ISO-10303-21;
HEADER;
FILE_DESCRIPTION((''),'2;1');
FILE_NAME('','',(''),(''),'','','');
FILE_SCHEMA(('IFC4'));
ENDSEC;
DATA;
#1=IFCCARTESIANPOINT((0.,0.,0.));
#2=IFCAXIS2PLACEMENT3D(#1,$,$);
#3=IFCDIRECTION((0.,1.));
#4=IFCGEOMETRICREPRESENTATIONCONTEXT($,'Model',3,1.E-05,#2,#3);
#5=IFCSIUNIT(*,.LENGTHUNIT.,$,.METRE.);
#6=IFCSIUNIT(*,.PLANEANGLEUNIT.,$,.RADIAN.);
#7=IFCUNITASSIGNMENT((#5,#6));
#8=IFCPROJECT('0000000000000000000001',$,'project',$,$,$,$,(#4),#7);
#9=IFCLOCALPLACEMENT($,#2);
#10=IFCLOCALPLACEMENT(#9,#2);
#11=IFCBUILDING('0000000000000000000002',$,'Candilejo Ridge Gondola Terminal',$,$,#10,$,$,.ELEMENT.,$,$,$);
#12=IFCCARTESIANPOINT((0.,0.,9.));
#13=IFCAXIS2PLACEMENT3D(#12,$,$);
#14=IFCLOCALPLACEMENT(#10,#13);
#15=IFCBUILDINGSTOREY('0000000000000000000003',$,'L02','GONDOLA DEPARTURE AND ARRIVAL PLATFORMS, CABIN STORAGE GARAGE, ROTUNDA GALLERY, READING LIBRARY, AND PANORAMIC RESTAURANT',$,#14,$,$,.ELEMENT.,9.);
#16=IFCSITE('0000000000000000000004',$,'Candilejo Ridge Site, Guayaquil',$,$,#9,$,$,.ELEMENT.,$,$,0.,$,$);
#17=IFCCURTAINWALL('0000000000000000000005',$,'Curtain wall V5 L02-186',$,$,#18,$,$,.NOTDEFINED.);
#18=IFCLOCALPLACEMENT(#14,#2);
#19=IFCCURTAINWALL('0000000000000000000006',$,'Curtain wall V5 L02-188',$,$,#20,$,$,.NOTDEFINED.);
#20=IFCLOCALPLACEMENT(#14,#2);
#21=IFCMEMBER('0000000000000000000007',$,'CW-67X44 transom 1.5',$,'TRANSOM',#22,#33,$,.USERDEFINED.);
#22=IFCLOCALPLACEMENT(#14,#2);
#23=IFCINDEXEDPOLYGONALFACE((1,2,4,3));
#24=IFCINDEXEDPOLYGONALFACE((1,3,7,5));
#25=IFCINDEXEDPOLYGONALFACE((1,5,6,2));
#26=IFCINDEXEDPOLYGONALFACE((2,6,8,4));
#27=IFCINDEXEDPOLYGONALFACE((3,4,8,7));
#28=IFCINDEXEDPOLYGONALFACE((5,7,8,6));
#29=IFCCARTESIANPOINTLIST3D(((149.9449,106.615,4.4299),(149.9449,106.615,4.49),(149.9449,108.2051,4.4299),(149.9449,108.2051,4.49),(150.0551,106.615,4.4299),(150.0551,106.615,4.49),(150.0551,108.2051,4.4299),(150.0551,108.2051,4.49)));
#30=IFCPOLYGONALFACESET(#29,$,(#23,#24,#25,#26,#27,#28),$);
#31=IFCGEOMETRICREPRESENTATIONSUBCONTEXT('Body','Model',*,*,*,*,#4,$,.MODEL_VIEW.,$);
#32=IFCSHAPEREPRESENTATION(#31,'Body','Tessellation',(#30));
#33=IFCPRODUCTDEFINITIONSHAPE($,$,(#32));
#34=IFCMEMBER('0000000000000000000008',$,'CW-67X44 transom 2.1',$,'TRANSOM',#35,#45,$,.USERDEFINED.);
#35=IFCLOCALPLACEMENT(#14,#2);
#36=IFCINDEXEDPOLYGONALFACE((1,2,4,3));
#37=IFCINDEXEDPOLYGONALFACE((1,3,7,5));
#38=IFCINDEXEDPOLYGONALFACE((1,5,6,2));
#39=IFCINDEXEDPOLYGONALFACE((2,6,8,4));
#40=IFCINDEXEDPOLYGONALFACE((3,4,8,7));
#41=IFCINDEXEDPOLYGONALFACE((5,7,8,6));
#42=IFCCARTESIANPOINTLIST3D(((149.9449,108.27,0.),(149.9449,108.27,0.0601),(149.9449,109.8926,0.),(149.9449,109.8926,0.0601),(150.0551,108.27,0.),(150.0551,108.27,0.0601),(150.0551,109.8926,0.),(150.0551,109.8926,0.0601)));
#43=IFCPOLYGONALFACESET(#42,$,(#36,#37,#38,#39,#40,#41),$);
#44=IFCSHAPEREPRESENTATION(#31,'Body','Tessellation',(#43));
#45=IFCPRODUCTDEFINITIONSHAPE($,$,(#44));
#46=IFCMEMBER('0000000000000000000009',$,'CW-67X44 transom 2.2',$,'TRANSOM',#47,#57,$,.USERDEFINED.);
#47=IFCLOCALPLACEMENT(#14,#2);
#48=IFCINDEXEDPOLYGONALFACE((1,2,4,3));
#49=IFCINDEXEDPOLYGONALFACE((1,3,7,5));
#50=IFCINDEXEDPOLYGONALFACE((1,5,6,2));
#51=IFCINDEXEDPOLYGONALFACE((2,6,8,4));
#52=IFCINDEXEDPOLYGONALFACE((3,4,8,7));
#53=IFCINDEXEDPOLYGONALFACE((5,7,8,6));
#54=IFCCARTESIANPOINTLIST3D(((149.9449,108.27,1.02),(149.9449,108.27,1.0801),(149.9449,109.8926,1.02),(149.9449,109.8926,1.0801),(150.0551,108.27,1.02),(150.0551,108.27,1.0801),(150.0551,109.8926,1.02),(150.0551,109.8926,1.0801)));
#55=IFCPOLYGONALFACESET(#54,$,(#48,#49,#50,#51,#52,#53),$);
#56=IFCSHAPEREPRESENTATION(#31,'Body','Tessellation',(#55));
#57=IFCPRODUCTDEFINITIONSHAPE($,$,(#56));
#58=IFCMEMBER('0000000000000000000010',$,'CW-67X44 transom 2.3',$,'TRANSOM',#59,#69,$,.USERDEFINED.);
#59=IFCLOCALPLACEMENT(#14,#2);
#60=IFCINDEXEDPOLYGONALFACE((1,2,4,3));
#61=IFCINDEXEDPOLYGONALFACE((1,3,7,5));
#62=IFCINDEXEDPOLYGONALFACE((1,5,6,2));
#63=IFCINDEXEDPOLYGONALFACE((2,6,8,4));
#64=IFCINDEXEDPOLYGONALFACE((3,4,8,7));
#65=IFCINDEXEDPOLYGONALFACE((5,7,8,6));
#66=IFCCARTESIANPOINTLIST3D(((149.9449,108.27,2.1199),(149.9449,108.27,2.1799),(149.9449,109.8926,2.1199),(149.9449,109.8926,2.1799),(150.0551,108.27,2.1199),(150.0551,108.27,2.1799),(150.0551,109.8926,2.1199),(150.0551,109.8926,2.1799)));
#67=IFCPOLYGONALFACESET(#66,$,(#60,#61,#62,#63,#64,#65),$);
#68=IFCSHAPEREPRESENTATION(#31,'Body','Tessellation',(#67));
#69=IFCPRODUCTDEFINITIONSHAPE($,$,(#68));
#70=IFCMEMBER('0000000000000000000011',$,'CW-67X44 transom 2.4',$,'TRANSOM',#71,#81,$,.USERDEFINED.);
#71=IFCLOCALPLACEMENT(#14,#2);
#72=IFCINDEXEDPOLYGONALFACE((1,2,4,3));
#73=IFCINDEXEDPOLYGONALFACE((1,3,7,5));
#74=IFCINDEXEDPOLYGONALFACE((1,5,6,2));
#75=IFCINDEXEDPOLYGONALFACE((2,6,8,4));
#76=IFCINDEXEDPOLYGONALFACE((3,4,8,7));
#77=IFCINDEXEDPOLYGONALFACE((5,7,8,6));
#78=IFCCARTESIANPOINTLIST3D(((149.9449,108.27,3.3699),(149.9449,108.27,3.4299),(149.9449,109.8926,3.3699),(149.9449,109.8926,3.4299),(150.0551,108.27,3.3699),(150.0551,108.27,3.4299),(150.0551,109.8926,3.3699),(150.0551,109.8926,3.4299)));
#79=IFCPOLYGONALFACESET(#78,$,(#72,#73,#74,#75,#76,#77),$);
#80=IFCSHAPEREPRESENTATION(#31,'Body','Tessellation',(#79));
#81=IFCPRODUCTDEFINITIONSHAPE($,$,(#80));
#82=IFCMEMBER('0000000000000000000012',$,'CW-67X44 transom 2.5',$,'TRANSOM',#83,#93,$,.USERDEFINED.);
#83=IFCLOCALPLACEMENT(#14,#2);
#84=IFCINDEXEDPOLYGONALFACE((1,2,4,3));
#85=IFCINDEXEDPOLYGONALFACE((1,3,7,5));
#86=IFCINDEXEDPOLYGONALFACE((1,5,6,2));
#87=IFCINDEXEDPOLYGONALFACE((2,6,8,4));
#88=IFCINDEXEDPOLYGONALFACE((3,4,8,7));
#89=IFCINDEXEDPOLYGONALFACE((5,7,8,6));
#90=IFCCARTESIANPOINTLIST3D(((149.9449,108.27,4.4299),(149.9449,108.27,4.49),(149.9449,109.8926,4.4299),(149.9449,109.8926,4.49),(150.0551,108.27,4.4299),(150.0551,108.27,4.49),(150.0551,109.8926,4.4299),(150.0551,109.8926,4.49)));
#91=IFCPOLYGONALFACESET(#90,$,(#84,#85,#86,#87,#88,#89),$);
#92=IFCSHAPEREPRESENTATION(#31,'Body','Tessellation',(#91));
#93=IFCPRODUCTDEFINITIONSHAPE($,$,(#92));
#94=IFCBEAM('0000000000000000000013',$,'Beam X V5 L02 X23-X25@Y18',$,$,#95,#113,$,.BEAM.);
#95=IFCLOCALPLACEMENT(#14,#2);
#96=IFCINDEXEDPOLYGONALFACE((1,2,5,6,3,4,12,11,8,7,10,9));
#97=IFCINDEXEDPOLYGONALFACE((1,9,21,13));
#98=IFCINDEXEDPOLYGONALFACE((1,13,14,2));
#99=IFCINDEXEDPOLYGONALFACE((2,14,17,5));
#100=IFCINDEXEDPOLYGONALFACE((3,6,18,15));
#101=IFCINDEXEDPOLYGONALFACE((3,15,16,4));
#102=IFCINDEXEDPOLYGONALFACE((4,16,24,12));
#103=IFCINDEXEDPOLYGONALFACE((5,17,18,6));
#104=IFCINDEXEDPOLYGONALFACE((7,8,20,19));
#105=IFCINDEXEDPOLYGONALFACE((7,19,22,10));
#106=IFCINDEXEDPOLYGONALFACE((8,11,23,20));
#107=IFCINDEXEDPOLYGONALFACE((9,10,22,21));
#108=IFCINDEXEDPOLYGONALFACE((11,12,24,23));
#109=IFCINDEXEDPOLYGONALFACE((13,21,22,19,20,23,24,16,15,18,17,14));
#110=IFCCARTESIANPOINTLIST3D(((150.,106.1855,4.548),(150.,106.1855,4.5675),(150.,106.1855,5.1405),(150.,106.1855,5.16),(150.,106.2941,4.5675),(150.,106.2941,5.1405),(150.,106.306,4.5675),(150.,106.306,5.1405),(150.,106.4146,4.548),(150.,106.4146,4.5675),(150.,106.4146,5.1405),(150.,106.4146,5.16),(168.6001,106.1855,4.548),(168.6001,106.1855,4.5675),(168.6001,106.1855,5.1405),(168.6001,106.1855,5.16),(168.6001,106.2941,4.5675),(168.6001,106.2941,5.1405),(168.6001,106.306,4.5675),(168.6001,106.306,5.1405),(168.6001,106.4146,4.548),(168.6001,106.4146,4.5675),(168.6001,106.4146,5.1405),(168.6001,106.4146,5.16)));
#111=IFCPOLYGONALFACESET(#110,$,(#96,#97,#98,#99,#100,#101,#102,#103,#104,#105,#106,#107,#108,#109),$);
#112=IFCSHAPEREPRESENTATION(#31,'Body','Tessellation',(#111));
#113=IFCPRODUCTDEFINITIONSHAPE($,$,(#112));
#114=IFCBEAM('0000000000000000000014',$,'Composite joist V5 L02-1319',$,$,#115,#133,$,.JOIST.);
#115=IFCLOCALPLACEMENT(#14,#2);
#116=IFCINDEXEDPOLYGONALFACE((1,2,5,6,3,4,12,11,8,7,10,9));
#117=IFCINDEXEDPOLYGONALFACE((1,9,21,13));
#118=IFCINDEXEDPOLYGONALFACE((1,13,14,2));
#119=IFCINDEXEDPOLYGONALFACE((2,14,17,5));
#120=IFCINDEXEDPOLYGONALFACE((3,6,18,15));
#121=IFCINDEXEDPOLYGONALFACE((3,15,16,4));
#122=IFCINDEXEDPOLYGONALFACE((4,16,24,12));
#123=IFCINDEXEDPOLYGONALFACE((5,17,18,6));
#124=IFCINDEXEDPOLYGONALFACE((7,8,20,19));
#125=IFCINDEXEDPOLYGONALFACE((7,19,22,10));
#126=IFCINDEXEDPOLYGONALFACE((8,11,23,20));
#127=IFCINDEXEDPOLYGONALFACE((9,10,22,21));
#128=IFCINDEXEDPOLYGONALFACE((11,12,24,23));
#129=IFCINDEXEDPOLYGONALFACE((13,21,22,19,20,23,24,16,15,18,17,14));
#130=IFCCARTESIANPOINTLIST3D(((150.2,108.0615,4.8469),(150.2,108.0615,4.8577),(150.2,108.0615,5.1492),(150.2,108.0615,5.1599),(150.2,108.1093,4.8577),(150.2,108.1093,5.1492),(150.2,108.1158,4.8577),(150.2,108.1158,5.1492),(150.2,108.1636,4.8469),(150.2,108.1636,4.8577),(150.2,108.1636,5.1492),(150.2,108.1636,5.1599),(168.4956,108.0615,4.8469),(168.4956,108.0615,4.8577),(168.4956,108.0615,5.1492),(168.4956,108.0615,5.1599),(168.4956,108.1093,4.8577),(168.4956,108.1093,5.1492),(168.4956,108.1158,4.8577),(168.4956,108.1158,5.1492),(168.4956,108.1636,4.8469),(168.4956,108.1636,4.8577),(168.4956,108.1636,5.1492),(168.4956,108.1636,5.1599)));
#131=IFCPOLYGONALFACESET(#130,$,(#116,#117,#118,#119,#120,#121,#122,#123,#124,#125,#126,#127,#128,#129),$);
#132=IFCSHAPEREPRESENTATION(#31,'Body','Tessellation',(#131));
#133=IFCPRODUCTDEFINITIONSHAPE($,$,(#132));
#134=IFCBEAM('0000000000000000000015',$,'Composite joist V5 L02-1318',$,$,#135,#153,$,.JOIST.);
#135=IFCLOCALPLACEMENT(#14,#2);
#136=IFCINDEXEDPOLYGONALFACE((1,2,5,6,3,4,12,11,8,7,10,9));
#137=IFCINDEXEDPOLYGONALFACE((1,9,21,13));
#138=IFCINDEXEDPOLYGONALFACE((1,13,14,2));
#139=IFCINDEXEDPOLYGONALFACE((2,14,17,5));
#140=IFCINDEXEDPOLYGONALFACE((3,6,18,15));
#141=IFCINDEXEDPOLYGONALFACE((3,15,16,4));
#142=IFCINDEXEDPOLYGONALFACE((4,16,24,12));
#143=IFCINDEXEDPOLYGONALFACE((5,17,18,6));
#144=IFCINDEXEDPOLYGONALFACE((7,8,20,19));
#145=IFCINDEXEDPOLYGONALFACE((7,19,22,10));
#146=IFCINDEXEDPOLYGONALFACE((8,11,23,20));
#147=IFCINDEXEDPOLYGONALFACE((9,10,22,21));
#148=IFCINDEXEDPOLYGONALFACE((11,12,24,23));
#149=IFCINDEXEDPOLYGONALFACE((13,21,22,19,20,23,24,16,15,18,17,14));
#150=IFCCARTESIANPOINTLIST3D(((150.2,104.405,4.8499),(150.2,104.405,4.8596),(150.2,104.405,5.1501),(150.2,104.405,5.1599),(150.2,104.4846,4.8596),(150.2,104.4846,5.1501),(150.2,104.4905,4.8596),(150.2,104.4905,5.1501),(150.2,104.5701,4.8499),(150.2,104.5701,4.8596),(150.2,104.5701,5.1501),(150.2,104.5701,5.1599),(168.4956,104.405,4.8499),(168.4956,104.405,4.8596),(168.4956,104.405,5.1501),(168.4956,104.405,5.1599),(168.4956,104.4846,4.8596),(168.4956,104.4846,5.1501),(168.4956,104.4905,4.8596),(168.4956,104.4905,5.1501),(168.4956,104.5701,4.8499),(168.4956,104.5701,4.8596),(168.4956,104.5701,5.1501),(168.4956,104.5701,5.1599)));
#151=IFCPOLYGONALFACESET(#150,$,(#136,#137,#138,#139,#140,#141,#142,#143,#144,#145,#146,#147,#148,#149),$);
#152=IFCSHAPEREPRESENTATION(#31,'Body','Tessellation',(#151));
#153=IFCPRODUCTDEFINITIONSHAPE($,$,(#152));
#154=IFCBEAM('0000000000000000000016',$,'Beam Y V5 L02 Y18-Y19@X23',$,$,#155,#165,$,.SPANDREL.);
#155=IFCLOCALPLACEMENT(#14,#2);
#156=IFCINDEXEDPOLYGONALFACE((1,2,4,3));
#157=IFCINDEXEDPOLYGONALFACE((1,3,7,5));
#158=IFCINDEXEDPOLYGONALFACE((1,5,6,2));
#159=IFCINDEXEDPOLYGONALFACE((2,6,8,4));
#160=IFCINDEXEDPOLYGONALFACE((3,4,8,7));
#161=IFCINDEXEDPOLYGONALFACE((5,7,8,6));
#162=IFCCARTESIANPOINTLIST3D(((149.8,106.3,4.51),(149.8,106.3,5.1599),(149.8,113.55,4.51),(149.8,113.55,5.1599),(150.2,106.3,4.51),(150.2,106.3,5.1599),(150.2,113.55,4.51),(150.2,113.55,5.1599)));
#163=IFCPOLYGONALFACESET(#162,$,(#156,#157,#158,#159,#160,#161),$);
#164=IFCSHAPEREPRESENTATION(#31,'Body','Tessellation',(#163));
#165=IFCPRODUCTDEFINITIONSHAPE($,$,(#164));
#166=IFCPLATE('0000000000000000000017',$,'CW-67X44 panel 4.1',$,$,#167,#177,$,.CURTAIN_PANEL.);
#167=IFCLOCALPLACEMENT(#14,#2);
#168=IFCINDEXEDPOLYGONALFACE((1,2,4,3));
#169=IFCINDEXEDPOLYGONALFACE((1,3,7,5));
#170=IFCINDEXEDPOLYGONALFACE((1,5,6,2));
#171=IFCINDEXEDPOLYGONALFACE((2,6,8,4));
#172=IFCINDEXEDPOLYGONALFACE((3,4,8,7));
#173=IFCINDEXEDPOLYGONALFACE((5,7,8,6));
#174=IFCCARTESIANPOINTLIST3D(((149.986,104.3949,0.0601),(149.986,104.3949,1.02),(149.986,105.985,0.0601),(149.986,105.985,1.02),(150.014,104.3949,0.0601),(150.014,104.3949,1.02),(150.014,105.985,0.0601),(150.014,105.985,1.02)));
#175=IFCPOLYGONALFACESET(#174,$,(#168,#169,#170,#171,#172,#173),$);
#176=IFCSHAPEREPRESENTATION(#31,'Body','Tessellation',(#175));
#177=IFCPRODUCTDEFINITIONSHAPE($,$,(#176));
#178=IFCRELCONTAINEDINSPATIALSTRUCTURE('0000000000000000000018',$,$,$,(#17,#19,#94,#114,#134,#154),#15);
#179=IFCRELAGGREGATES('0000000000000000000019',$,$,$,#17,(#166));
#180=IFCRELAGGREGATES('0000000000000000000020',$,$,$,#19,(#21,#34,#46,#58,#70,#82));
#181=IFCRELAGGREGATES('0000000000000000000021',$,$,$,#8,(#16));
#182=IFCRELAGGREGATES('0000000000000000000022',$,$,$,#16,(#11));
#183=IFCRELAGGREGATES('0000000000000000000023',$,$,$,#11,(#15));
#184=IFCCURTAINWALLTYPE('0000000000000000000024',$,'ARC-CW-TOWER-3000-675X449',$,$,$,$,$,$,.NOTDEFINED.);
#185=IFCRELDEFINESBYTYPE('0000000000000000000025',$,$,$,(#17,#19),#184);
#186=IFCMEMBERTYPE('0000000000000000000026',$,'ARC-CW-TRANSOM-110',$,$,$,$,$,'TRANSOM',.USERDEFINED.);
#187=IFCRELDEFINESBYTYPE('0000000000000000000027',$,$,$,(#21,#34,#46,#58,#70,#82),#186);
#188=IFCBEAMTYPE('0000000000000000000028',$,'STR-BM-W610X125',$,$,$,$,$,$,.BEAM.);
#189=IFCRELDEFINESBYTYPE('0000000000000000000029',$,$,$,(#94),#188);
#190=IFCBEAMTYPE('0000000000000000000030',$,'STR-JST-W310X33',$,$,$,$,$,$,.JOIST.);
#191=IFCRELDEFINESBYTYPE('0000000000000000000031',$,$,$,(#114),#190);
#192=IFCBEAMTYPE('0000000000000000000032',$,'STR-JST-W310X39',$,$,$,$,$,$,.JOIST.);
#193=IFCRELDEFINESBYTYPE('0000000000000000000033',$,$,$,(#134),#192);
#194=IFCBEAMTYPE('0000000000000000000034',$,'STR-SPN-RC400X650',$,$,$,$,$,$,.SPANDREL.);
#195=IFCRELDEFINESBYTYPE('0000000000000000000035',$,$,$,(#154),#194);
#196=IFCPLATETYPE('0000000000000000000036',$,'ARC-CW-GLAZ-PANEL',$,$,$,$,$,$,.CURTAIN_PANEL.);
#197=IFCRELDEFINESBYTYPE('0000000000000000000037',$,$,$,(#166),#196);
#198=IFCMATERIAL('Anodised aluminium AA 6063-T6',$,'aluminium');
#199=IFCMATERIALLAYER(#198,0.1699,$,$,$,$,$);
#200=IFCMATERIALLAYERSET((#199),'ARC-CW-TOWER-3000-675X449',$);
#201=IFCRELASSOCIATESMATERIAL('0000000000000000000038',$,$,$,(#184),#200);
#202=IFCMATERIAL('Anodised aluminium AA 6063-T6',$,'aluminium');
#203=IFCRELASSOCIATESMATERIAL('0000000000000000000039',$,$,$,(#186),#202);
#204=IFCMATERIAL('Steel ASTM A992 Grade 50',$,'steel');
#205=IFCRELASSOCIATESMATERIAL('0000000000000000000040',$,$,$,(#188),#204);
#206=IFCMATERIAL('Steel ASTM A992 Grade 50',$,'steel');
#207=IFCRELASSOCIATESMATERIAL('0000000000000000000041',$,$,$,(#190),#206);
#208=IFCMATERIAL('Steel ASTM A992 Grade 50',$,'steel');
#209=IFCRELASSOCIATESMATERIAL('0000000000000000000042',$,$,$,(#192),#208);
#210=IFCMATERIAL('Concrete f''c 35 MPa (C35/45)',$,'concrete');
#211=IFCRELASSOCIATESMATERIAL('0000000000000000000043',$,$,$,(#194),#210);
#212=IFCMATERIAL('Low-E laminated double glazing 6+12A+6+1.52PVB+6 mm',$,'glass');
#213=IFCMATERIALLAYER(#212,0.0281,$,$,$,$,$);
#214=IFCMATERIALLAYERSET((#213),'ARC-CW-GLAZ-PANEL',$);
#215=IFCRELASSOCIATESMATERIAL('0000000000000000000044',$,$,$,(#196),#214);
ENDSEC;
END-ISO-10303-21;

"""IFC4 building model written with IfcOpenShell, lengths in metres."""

from ifc_helpers import new_model, si_unit, direction, frame, origin, origin_2d, place, context, subcontext, project, spatial, rectangle, i_section, extrude, material, layer, layer_set, material_profile, profile_set, type_object, element, aggregate, save


model = new_model("IFC4")

# Units and contexts
model_context = context("Model", 3, precision=1e-05, world=origin(), true_north=direction((0.0, 1.0)))
body_context = subcontext(model_context, "Body", "Model", "MODEL_VIEW")
ifc_project = project(units=[si_unit("LENGTHUNIT", "METRE"), si_unit("PLANEANGLEUNIT", "RADIAN")], contexts=[model_context])

# Site, building, storey
site_placement = place(None, origin())
site = spatial("IfcSite", under=ifc_project, at=site_placement, Name="Candilejo Ridge Site, Guayaquil", CompositionType="ELEMENT", RefElevation=0.0)
building_placement = place(site_placement, origin())
building = spatial("IfcBuilding", under=site, at=building_placement, Name="Candilejo Ridge Gondola Terminal", CompositionType="ELEMENT")
storey_placement = place(building_placement, frame((0.0, 0.0, 9.0)))
storey = spatial("IfcBuildingStorey", under=building, at=storey_placement, Name="L02", Description="GONDOLA DEPARTURE AND ARRIVAL PLATFORMS, CABIN STORAGE GARAGE, ROTUNDA GALLERY, READING LIBRARY, AND PANORAMIC RESTAURANT", CompositionType="ELEMENT", Elevation=9.0)

# Curtain walls
ifc_material_1 = material(Name="Anodised aluminium AA 6063-T6", Category="aluminium")
ifc_layer_1 = layer(ifc_material_1, 0.1699)
ifc_layer_set_1 = layer_set([ifc_layer_1], Name="ARC-CW-TOWER-3000-675X449")
curtain_wall_type = type_object("IfcCurtainWallType", Name="ARC-CW-TOWER-3000-675X449", PredefinedType="NOTDEFINED", material=ifc_layer_set_1)
curtain_wall_1_placement = place(storey_placement, origin())
curtain_wall_1 = element("IfcCurtainWall", 1, at=curtain_wall_1_placement, inside=storey, type_object=curtain_wall_type, Name="Curtain wall V5 L02-186", PredefinedType="NOTDEFINED")
curtain_wall_2_placement = place(storey_placement, origin())
curtain_wall_2 = element("IfcCurtainWall", 2, at=curtain_wall_2_placement, inside=storey, type_object=curtain_wall_type, Name="Curtain wall V5 L02-188", PredefinedType="NOTDEFINED")

# Members
ifc_material_2 = material(Name="Anodised aluminium AA 6063-T6", Category="aluminium")
ifc_material_profile_1 = material_profile(ifc_material_2, rectangle(XDim=0.1101, YDim=0.0601, at=origin_2d()))
ifc_profile_set_1 = profile_set([ifc_material_profile_1], Name="Anodised aluminium AA 6063-T6")
member_type_1 = type_object("IfcMemberType", Name="ARC-CW-TRANSOM-110", ElementType="TRANSOM", PredefinedType="USERDEFINED", material=ifc_profile_set_1)
member_1_placement = place(storey_placement, frame((150.0, 106.615, 4.46), z_axis=(0.0, 1.0, 0.0), x_axis=(-1.0, 0.0, 0.0)))
member_1 = element("IfcMember", 3, at=member_1_placement, type_object=member_type_1, Name="CW-67X44 transom 1.5", ObjectType="TRANSOM", PredefinedType="USERDEFINED", context=body_context, shape_type="SweptSolid", body=[
    extrude(rectangle(XDim=0.1101, YDim=0.0601, at=origin_2d()), origin(), (0.0, 0.0, 1.0), 1.5901),
])
member_2_placement = place(storey_placement, frame((150.0, 108.27, 0.03), z_axis=(0.0, 1.0, 0.0), x_axis=(-1.0, 0.0, 0.0)))
member_2 = element("IfcMember", 4, at=member_2_placement, type_object=member_type_1, Name="CW-67X44 transom 2.1", ObjectType="TRANSOM", PredefinedType="USERDEFINED", context=body_context, shape_type="SweptSolid", body=[
    extrude(rectangle(XDim=0.1101, YDim=0.0601, at=origin_2d()), origin(), (0.0, 0.0, 1.0), 1.6226),
])
member_3_placement = place(storey_placement, frame((150.0, 108.27, 1.05), z_axis=(0.0, 1.0, 0.0), x_axis=(-1.0, 0.0, 0.0)))
member_3 = element("IfcMember", 5, at=member_3_placement, type_object=member_type_1, Name="CW-67X44 transom 2.2", ObjectType="TRANSOM", PredefinedType="USERDEFINED", context=body_context, shape_type="SweptSolid", body=[
    extrude(rectangle(XDim=0.1101, YDim=0.0601, at=origin_2d()), origin(), (0.0, 0.0, 1.0), 1.6226),
])
member_4_placement = place(storey_placement, frame((150.0, 108.27, 2.1499), z_axis=(0.0, 1.0, 0.0), x_axis=(-1.0, 0.0, 0.0)))
member_4 = element("IfcMember", 6, at=member_4_placement, type_object=member_type_1, Name="CW-67X44 transom 2.3", ObjectType="TRANSOM", PredefinedType="USERDEFINED", context=body_context, shape_type="SweptSolid", body=[
    extrude(rectangle(XDim=0.1101, YDim=0.0601, at=origin_2d()), origin(), (0.0, 0.0, 1.0), 1.6226),
])
member_5_placement = place(storey_placement, frame((150.0, 108.27, 3.3999), z_axis=(0.0, 1.0, 0.0), x_axis=(-1.0, 0.0, 0.0)))
member_5 = element("IfcMember", 7, at=member_5_placement, type_object=member_type_1, Name="CW-67X44 transom 2.4", ObjectType="TRANSOM", PredefinedType="USERDEFINED", context=body_context, shape_type="SweptSolid", body=[
    extrude(rectangle(XDim=0.1101, YDim=0.0601, at=origin_2d()), origin(), (0.0, 0.0, 1.0), 1.6226),
])
member_6_placement = place(storey_placement, frame((150.0, 108.27, 4.46), z_axis=(0.0, 1.0, 0.0), x_axis=(-1.0, 0.0, 0.0)))
member_6 = element("IfcMember", 8, at=member_6_placement, type_object=member_type_1, Name="CW-67X44 transom 2.5", ObjectType="TRANSOM", PredefinedType="USERDEFINED", context=body_context, shape_type="SweptSolid", body=[
    extrude(rectangle(XDim=0.1101, YDim=0.0601, at=origin_2d()), origin(), (0.0, 0.0, 1.0), 1.6226),
])

# Beams
ifc_material_3 = material(Name="Steel ASTM A992 Grade 50", Category="steel")
ifc_material_profile_2 = material_profile(ifc_material_3, i_section(OverallWidth=0.229, OverallDepth=0.6121, WebThickness=0.012, FlangeThickness=0.0195, at=origin_2d()))
ifc_profile_set_2 = profile_set([ifc_material_profile_2], Name="Steel ASTM A992 Grade 50")
beam_type_1 = type_object("IfcBeamType", Name="STR-BM-W610X125", PredefinedType="BEAM", material=ifc_profile_set_2)
beam_1_placement = place(storey_placement, frame((150.0, 106.3, 4.854), z_axis=(1.0, 0.0, 0.0), x_axis=(0.0, 1.0, 0.0)))
element("IfcBeam", 9, at=beam_1_placement, inside=storey, type_object=beam_type_1, Name="Beam X V5 L02 X23-X25@Y18", PredefinedType="BEAM", context=body_context, shape_type="SweptSolid", body=[
    extrude(i_section(OverallWidth=0.229, OverallDepth=0.6121, WebThickness=0.012, FlangeThickness=0.0195, at=origin_2d()), origin(), (0.0, 0.0, 1.0), 18.6001),
])
ifc_material_4 = material(Name="Steel ASTM A992 Grade 50", Category="steel")
ifc_material_profile_3 = material_profile(ifc_material_4, i_section(OverallWidth=0.1021, OverallDepth=0.313, WebThickness=0.0066, FlangeThickness=0.0107, at=origin_2d()))
ifc_profile_set_3 = profile_set([ifc_material_profile_3], Name="Steel ASTM A992 Grade 50")
beam_type_2 = type_object("IfcBeamType", Name="STR-JST-W310X33", PredefinedType="JOIST", material=ifc_profile_set_3)
beam_2_placement = place(storey_placement, frame((150.2, 108.1125, 5.0034), z_axis=(1.0, 0.0, 0.0), x_axis=(0.0, 1.0, 0.0)))
element("IfcBeam", 10, at=beam_2_placement, inside=storey, type_object=beam_type_2, Name="Composite joist V5 L02-1319", PredefinedType="JOIST", context=body_context, shape_type="SweptSolid", body=[
    extrude(i_section(OverallWidth=0.1021, OverallDepth=0.313, WebThickness=0.0066, FlangeThickness=0.0107, at=origin_2d()), origin(), (0.0, 0.0, 1.0), 18.2957),
])
ifc_material_5 = material(Name="Steel ASTM A992 Grade 50", Category="steel")
ifc_material_profile_4 = material_profile(ifc_material_5, i_section(OverallWidth=0.165, OverallDepth=0.3101, WebThickness=0.0059, FlangeThickness=0.0098, at=origin_2d()))
ifc_profile_set_4 = profile_set([ifc_material_profile_4], Name="Steel ASTM A992 Grade 50")
beam_type_3 = type_object("IfcBeamType", Name="STR-JST-W310X39", PredefinedType="JOIST", material=ifc_profile_set_4)
beam_3_placement = place(storey_placement, frame((150.2, 104.4875, 5.0049), z_axis=(1.0, 0.0, 0.0), x_axis=(0.0, 1.0, 0.0)))
element("IfcBeam", 11, at=beam_3_placement, inside=storey, type_object=beam_type_3, Name="Composite joist V5 L02-1318", PredefinedType="JOIST", context=body_context, shape_type="SweptSolid", body=[
    extrude(i_section(OverallWidth=0.165, OverallDepth=0.3101, WebThickness=0.0059, FlangeThickness=0.0098, at=origin_2d()), origin(), (0.0, 0.0, 1.0), 18.2957),
])
ifc_material_6 = material(Name="Concrete f'c 35 MPa (C35/45)", Category="concrete")
ifc_material_profile_5 = material_profile(ifc_material_6, rectangle(XDim=0.3999, YDim=0.6499, at=origin_2d()))
ifc_profile_set_5 = profile_set([ifc_material_profile_5], Name="Concrete f'c 35 MPa (C35/45)")
beam_type_4 = type_object("IfcBeamType", Name="STR-SPN-RC400X650", PredefinedType="SPANDREL", material=ifc_profile_set_5)
beam_4_placement = place(storey_placement, frame((150.0, 106.3, 4.835), z_axis=(0.0, 1.0, 0.0), x_axis=(-1.0, 0.0, 0.0)))
element("IfcBeam", 12, at=beam_4_placement, inside=storey, type_object=beam_type_4, Name="Beam Y V5 L02 Y18-Y19@X23", PredefinedType="SPANDREL", context=body_context, shape_type="SweptSolid", body=[
    extrude(rectangle(XDim=0.3999, YDim=0.6499, at=origin_2d()), origin(), (0.0, 0.0, 1.0), 7.25),
])

# Plate
ifc_material_7 = material(Name="Low-E laminated double glazing 6+12A+6+1.52PVB+6 mm", Category="glass")
ifc_layer_2 = layer(ifc_material_7, 0.0281)
ifc_layer_set_2 = layer_set([ifc_layer_2], Name="ARC-CW-GLAZ-PANEL")
plate_type = type_object("IfcPlateType", Name="ARC-CW-GLAZ-PANEL", PredefinedType="CURTAIN_PANEL", material=ifc_layer_set_2)
plate_1_placement = place(storey_placement, frame((150.0, 105.1899, 0.0601), z_axis=(0.0, 0.0, 1.0), x_axis=(0.0, 1.0, 0.0)))
plate_1 = element("IfcPlate", 13, at=plate_1_placement, type_object=plate_type, Name="CW-67X44 panel 4.1", PredefinedType="CURTAIN_PANEL", context=body_context, shape_type="SweptSolid", body=[
    extrude(rectangle(XDim=1.5901, YDim=0.0281, at=origin_2d()), origin(), (0.0, 0.0, 1.0), 0.96),
])
aggregate(curtain_wall_1, [plate_1])
aggregate(curtain_wall_2, [member_1, member_2, member_3, member_4, member_5, member_6])

save(model, "model.ifc")
